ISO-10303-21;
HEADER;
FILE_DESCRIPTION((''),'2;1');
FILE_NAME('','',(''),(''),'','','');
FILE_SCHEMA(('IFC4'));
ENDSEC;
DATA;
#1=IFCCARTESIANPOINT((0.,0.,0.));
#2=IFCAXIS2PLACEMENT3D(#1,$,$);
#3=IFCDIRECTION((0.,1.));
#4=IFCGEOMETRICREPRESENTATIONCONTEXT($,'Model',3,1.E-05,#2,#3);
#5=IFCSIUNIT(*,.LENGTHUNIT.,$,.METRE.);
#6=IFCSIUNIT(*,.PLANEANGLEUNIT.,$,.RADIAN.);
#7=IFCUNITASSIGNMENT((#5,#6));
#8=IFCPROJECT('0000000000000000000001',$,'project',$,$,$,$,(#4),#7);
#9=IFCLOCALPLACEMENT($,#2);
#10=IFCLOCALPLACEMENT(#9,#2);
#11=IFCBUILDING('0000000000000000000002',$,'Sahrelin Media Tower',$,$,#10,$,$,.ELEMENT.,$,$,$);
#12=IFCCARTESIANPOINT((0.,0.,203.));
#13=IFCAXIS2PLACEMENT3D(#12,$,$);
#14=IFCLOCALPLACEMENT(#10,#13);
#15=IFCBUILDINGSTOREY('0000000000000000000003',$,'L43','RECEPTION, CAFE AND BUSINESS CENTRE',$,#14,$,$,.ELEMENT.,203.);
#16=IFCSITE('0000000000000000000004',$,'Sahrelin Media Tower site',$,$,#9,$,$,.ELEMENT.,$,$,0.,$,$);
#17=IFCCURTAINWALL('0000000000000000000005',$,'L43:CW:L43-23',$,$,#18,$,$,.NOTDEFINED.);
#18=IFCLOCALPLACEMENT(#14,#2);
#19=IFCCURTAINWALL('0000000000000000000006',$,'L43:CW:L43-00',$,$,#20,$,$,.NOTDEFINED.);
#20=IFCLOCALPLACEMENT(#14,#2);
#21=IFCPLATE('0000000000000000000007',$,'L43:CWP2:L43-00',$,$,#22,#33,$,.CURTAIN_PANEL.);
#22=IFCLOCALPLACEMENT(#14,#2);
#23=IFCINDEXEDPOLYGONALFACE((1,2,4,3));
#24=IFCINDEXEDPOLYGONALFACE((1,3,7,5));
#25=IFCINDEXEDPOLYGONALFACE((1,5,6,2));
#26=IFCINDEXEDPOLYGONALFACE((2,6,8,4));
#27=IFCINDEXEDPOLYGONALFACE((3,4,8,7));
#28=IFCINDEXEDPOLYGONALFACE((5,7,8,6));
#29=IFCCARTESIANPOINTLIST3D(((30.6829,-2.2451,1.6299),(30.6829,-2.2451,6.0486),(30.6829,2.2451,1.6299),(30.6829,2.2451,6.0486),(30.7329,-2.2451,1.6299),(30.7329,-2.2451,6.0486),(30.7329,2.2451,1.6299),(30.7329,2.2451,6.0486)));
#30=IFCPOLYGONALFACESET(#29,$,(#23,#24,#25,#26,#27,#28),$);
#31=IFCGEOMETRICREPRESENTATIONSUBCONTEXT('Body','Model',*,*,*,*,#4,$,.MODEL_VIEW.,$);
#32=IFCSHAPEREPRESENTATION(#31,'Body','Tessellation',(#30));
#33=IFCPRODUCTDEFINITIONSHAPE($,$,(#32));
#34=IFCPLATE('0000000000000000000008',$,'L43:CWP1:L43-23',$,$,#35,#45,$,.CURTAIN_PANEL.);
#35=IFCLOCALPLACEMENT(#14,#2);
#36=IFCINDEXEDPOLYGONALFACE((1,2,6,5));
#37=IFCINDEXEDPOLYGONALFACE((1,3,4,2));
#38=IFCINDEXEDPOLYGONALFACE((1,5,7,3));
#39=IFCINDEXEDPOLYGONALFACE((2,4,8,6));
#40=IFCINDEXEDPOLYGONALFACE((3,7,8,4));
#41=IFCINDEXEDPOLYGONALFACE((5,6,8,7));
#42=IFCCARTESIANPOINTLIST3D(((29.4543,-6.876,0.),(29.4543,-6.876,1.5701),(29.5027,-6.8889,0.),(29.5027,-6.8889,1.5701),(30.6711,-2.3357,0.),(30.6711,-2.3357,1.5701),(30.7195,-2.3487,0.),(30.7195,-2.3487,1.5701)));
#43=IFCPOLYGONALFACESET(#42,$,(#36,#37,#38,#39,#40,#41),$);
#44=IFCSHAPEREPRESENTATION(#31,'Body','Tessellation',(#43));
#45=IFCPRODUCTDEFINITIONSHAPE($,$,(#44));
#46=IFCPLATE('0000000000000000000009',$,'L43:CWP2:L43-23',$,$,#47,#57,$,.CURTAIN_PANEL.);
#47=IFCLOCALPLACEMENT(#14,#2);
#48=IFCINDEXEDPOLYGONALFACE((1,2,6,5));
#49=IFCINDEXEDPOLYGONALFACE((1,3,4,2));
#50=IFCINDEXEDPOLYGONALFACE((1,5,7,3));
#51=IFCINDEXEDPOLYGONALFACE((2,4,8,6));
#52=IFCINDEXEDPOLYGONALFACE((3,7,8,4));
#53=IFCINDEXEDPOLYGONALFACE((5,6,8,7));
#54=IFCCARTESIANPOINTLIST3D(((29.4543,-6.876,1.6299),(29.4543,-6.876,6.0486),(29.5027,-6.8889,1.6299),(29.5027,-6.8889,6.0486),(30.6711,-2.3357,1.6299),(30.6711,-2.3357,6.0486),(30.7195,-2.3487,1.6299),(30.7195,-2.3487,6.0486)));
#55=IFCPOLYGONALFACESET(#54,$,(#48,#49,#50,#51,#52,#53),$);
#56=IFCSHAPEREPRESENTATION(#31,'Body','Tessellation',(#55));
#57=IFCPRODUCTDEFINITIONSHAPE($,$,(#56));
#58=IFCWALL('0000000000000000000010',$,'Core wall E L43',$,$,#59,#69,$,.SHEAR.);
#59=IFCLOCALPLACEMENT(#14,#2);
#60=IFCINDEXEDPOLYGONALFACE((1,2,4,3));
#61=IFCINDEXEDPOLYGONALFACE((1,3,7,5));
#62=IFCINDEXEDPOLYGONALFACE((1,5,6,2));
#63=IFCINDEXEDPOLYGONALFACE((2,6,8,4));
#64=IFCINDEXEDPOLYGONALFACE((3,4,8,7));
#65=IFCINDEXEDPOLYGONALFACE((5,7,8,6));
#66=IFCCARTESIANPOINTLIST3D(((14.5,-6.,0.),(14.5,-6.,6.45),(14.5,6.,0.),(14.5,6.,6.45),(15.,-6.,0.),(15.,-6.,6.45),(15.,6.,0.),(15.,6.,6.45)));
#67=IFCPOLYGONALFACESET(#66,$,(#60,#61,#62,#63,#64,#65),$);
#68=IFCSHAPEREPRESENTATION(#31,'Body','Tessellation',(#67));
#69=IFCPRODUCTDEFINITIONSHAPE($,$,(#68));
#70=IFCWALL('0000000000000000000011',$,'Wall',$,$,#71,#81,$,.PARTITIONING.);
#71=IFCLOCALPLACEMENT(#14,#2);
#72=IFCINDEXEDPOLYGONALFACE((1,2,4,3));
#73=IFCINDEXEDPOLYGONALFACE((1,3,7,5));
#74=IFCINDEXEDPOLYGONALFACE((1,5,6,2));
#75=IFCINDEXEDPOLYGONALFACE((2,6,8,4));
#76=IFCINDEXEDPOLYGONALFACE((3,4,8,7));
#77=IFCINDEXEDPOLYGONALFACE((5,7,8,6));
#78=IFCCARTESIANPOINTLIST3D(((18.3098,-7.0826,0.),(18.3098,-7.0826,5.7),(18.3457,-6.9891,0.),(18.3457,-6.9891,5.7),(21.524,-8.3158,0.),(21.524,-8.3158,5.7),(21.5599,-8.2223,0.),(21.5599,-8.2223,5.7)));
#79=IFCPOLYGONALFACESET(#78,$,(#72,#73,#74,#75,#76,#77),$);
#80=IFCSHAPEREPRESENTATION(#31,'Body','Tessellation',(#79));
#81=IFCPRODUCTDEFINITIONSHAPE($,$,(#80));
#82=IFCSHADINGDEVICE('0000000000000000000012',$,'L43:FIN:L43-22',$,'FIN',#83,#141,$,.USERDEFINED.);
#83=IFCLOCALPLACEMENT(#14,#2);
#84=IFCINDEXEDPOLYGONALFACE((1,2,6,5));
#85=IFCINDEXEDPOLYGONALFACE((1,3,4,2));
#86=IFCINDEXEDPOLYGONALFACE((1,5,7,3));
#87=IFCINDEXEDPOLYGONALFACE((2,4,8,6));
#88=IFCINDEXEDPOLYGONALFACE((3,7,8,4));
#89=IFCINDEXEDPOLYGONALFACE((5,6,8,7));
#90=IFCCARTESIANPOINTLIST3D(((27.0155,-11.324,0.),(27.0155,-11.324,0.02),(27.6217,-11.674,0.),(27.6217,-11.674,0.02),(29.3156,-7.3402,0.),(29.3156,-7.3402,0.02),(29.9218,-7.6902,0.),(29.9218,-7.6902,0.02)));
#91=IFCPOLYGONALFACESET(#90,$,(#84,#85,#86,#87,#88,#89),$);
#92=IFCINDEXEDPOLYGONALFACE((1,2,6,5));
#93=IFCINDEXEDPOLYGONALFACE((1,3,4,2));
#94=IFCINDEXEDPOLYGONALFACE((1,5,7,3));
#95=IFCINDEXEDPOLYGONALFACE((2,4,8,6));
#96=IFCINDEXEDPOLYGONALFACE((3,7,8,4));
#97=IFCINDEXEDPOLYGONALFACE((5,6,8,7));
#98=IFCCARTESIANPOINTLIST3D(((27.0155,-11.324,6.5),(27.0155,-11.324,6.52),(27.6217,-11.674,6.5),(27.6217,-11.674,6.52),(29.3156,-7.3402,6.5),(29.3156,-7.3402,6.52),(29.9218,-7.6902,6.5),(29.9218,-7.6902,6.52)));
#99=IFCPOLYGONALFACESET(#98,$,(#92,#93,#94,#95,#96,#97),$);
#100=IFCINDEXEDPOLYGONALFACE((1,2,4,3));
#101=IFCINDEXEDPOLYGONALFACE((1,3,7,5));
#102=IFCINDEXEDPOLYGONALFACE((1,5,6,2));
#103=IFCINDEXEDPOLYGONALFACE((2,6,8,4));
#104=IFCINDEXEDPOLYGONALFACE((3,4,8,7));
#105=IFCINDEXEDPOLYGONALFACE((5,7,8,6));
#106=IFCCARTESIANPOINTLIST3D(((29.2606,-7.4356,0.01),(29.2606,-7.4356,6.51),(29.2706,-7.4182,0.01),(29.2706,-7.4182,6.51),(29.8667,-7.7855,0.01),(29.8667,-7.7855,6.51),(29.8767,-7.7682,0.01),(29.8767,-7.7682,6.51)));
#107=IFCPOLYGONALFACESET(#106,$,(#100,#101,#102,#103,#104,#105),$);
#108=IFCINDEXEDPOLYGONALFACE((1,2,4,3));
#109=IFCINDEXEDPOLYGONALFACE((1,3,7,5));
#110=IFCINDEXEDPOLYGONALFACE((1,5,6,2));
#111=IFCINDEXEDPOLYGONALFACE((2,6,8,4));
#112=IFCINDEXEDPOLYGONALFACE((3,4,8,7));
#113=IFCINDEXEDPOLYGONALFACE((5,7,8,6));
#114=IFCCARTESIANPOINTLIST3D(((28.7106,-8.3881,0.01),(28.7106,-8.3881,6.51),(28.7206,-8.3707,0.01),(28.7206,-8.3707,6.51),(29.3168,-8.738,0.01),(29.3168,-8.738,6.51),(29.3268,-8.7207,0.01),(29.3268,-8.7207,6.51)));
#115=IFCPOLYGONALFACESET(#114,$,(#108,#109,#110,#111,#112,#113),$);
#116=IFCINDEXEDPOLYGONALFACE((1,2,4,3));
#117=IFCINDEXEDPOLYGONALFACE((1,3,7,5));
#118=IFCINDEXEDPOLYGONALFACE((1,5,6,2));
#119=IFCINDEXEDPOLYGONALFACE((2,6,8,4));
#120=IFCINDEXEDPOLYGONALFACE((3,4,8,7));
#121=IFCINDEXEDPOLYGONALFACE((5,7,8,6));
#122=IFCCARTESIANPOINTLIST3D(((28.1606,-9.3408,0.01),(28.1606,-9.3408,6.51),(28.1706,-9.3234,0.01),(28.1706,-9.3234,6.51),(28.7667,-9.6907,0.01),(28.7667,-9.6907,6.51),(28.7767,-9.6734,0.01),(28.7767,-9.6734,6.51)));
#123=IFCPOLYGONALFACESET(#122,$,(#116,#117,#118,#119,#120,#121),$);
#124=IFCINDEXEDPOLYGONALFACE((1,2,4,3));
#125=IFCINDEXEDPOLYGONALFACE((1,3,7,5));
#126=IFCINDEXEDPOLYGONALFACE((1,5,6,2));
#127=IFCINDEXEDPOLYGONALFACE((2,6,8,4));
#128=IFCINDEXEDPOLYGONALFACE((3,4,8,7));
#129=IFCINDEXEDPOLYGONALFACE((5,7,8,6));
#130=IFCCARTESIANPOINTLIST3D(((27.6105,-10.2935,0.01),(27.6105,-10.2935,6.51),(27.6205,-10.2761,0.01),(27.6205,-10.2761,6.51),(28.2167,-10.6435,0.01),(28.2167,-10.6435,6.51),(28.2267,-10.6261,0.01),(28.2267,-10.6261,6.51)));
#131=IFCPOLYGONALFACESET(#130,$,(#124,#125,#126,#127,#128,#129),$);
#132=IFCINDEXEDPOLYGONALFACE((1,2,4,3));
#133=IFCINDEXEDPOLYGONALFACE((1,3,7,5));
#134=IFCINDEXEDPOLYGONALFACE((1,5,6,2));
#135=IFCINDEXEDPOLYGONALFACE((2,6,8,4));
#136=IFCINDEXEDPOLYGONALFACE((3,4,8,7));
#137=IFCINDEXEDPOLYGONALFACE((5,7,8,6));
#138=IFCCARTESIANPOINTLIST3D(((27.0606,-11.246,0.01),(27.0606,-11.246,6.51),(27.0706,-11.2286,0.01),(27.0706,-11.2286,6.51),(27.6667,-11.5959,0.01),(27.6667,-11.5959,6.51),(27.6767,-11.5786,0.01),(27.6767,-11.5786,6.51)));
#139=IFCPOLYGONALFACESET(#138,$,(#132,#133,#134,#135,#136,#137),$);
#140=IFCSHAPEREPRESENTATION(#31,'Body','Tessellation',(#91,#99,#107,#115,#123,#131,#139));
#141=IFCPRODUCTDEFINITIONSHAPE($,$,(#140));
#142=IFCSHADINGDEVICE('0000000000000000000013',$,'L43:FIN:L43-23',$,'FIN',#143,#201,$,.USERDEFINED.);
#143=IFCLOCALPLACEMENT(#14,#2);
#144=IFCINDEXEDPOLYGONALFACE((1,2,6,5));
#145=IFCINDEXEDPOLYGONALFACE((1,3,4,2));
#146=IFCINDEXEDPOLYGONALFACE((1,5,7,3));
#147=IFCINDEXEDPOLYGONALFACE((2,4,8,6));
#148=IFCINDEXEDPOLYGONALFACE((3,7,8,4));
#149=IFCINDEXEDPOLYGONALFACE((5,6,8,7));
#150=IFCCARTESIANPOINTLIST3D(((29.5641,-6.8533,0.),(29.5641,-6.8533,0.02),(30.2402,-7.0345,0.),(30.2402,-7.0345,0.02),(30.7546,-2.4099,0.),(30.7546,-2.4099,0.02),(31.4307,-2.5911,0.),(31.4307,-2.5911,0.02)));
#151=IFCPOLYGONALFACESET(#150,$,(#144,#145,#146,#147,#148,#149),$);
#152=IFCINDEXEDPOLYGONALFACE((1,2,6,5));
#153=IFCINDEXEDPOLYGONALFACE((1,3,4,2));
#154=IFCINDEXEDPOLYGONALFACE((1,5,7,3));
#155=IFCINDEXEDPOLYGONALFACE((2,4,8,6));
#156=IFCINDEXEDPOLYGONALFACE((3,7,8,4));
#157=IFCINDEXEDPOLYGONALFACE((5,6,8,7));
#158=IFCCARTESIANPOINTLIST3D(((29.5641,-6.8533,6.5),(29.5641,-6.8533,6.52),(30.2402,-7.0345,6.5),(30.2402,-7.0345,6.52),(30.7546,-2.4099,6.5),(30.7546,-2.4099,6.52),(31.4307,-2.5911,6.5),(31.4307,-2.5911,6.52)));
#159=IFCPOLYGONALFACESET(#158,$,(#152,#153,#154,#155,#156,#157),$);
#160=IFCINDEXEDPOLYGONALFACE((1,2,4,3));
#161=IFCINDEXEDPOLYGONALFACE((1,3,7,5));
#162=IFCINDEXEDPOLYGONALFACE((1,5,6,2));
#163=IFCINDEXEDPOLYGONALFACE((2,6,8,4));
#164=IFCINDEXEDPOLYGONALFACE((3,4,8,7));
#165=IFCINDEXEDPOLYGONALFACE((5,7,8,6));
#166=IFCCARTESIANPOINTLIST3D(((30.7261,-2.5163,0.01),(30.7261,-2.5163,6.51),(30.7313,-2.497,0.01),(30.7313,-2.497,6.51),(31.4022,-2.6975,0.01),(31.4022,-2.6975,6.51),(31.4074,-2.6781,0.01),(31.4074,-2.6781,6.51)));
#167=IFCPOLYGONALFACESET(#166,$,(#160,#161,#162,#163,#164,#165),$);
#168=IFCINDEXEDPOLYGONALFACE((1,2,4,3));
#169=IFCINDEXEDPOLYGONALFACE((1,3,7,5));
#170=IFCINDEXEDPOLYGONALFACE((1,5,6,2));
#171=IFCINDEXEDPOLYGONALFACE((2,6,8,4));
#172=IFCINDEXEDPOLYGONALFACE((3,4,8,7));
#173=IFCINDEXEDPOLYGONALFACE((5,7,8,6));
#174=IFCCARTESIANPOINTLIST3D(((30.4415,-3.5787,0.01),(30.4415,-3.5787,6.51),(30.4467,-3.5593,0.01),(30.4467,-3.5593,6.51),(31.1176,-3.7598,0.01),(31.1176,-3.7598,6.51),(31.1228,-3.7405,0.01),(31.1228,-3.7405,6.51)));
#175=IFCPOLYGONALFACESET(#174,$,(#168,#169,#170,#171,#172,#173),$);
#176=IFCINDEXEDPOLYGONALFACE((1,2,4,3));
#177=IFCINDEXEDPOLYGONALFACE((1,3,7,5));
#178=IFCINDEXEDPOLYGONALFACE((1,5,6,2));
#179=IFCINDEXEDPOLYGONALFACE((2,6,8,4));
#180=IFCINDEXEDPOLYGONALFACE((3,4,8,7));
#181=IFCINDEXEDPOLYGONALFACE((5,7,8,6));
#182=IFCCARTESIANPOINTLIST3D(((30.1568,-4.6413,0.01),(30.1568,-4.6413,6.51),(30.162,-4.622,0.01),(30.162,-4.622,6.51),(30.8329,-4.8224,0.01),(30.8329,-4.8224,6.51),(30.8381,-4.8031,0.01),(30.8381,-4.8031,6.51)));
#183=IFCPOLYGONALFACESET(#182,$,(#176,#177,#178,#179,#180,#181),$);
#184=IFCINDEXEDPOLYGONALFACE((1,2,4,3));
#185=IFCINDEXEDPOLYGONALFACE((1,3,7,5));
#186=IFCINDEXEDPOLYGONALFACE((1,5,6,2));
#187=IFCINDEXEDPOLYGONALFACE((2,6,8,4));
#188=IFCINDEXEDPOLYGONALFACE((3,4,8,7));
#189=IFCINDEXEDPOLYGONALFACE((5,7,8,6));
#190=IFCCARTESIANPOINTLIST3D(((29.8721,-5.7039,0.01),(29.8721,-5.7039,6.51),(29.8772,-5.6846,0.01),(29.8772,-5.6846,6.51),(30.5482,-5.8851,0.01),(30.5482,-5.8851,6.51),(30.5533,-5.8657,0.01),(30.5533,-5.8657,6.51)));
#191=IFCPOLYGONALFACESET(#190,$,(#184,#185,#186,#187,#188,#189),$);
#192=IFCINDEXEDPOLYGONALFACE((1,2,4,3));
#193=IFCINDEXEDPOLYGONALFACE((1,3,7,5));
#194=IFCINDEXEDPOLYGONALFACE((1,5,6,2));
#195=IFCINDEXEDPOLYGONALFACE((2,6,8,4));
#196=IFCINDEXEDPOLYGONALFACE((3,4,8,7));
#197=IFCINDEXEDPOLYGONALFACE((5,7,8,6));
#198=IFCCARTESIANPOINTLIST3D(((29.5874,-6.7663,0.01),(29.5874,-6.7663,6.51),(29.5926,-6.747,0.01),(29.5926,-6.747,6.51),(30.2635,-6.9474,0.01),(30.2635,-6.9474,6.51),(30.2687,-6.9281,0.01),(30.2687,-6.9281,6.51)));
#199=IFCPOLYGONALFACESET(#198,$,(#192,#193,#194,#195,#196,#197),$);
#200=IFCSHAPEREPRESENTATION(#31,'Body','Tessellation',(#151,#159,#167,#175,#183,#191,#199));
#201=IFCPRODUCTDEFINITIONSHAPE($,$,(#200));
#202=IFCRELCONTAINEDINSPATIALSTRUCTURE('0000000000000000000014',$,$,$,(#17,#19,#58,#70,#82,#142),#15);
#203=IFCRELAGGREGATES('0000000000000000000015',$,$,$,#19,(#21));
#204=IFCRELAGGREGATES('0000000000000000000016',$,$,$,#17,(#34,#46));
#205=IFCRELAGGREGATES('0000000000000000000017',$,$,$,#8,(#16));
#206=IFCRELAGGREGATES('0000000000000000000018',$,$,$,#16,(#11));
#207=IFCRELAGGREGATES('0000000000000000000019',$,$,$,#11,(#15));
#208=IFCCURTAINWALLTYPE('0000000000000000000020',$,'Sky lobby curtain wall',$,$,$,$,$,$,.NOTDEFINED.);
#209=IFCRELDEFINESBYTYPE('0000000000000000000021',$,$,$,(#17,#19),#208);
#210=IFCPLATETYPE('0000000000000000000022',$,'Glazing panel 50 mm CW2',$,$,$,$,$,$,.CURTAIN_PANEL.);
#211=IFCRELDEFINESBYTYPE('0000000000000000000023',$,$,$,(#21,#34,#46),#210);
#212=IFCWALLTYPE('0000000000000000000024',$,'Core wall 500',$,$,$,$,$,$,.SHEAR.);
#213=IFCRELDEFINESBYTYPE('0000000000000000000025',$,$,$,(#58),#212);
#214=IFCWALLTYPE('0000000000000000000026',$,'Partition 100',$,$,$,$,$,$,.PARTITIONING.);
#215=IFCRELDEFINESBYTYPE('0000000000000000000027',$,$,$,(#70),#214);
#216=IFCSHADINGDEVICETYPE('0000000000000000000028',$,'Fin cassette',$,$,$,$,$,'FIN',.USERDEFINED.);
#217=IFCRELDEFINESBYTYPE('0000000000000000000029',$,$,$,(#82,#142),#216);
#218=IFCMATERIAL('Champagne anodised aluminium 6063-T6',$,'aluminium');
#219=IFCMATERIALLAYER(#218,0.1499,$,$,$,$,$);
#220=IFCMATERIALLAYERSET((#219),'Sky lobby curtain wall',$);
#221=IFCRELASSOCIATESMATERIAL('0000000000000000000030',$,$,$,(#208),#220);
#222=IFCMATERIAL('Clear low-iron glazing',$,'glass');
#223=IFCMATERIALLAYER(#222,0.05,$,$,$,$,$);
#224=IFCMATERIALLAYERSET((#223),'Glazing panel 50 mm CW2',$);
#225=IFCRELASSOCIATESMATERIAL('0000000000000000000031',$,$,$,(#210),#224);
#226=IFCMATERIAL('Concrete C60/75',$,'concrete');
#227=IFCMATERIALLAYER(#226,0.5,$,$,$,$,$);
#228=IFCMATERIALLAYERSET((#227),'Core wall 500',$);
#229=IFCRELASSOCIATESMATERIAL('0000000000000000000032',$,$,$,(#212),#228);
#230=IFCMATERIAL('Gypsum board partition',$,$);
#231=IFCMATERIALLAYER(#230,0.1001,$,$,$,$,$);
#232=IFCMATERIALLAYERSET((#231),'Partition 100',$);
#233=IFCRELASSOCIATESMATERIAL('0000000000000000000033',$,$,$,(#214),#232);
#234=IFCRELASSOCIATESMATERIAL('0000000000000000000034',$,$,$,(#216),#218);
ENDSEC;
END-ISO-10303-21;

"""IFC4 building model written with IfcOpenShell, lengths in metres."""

from ifc_helpers import new_model, si_unit, direction, frame, frame_2d, origin, origin_2d, place, context, subcontext, project, spatial, polyline, rectangle, outline, extrude, material, layer, layer_set, type_object, element, aggregate, save


model = new_model("IFC4")

# Units and contexts
model_context = context("Model", 3, precision=1e-05, world=origin(), true_north=direction((0.0, 1.0)))
body_context = subcontext(model_context, "Body", "Model", "MODEL_VIEW")
ifc_project = project(units=[si_unit("LENGTHUNIT", "METRE"), si_unit("PLANEANGLEUNIT", "RADIAN")], contexts=[model_context])

# Site, building, storey
site_placement = place(None, origin())
site = spatial("IfcSite", under=ifc_project, at=site_placement, Name="Sahrelin Media Tower site", CompositionType="ELEMENT", RefElevation=0.0)
building_placement = place(site_placement, origin())
building = spatial("IfcBuilding", under=site, at=building_placement, Name="Sahrelin Media Tower", CompositionType="ELEMENT")
storey_placement = place(building_placement, frame((0.0, 0.0, 203.0)))
storey = spatial("IfcBuildingStorey", under=building, at=storey_placement, Name="L43", Description="RECEPTION, CAFE AND BUSINESS CENTRE", CompositionType="ELEMENT", Elevation=203.0)

# Curtain wall
ifc_material_1 = material(Name="Champagne anodised aluminium 6063-T6", Category="aluminium")
ifc_layer_1 = layer(ifc_material_1, 0.1499)
ifc_layer_set_1 = layer_set([ifc_layer_1], Name="Sky lobby curtain wall")
curtain_wall_type = type_object("IfcCurtainWallType", Name="Sky lobby curtain wall", PredefinedType="NOTDEFINED", material=ifc_layer_set_1)
curtain_wall_1_placement = place(storey_placement, frame((30.0918, -4.6135, 0.0), z_axis=(0.0, 0.0, 1.0), x_axis=(1.0, 0.0, 0.0)))
curtain_wall_1 = element("IfcCurtainWall", 1, at=curtain_wall_1_placement, inside=storey, type_object=curtain_wall_type, Name="L43:CW:L43-23", PredefinedType="NOTDEFINED")

# Curtain wall
curtain_wall_2_placement = place(storey_placement, frame((30.7129, 0.0, 0.0), z_axis=(0.0, 0.0, 1.0), x_axis=(1.0, 0.0, 0.0)))
curtain_wall_2 = element("IfcCurtainWall", 2, at=curtain_wall_2_placement, inside=storey, type_object=curtain_wall_type, Name="L43:CW:L43-00", PredefinedType="NOTDEFINED")

# Plates
ifc_material_2 = material(Name="Clear low-iron glazing", Category="glass")
ifc_layer_2 = layer(ifc_material_2, 0.05)
ifc_layer_set_2 = layer_set([ifc_layer_2], Name="Glazing panel 50 mm CW2")
plate_type = type_object("IfcPlateType", Name="Glazing panel 50 mm CW2", PredefinedType="CURTAIN_PANEL", material=ifc_layer_set_2)
plate_1_placement = place(storey_placement, frame((30.7329, -2.2451, 1.6299), z_axis=(1.0, 0.0, 0.0), x_axis=(0.0, 1.0, 0.0)))
plate_1 = element("IfcPlate", 3, at=plate_1_placement, type_object=plate_type, Name="L43:CWP2:L43-00", PredefinedType="CURTAIN_PANEL", context=body_context, shape_type="SweptSolid", body=[
    extrude(outline(polyline([(0.0, 0.0), (4.4902, 0.0), (4.4902, 4.4187), (0.0, 4.4187), (0.0, 0.0)])), origin(), (0.0, 0.0, -1.0), 0.05),
])
aggregate(curtain_wall_2, [plate_1])
plate_2_placement = place(storey_placement, frame((29.5027, -6.8889, 0.0), z_axis=(0.965914, -0.258865, 0.0), x_axis=(0.258865, 0.965914, 0.0)))
plate_2 = element("IfcPlate", 4, at=plate_2_placement, type_object=plate_type, Name="L43:CWP1:L43-23", PredefinedType="CURTAIN_PANEL", context=body_context, shape_type="SweptSolid", body=[
    extrude(outline(polyline([(0.0, 0.0), (4.7004, 0.0), (4.7004, 1.5701), (0.0, 1.5701), (0.0, 0.0)])), origin(), (0.0, 0.0, -1.0), 0.05),
])
plate_3_placement = place(storey_placement, frame((29.5027, -6.8889, 1.6299), z_axis=(0.965914, -0.258865, 0.0), x_axis=(0.258865, 0.965914, 0.0)))
plate_3 = element("IfcPlate", 5, at=plate_3_placement, type_object=plate_type, Name="L43:CWP2:L43-23", PredefinedType="CURTAIN_PANEL", context=body_context, shape_type="SweptSolid", body=[
    extrude(outline(polyline([(0.0, 0.0), (4.7004, 0.0), (4.7004, 4.4187), (0.0, 4.4187), (0.0, 0.0)])), origin(), (0.0, 0.0, -1.0), 0.05),
])
aggregate(curtain_wall_1, [plate_2, plate_3])

# Walls
ifc_material_3 = material(Name="Concrete C60/75", Category="concrete")
ifc_layer_3 = layer(ifc_material_3, 0.5)
ifc_layer_set_3 = layer_set([ifc_layer_3], Name="Core wall 500")
wall_type_1 = type_object("IfcWallType", Name="Core wall 500", PredefinedType="SHEAR", material=ifc_layer_set_3)
wall_1_placement = place(storey_placement, frame((14.75, -6.0, 0.0), z_axis=(0.0, 0.0, 1.0), x_axis=(0.0, 1.0, 0.0)))
element("IfcWall", 6, at=wall_1_placement, inside=storey, type_object=wall_type_1, Name="Core wall E L43", PredefinedType="SHEAR", context=body_context, shape_type="SweptSolid", body=[
    extrude(rectangle(XDim=12.0, YDim=0.5, at=frame_2d((6.0, 0.0))), origin(), (0.0, 0.0, 1.0), 6.45),
])
ifc_material_4 = material(Name="Gypsum board partition")
ifc_layer_4 = layer(ifc_material_4, 0.1001)
ifc_layer_set_4 = layer_set([ifc_layer_4], Name="Partition 100")
wall_type_2 = type_object("IfcWallType", Name="Partition 100", PredefinedType="PARTITIONING", material=ifc_layer_set_4)
wall_2_placement = place(storey_placement, frame((18.3279, -7.0359, 0.0), z_axis=(0.0, 0.0, 1.0), x_axis=(0.933641, -0.358209, 0.0)))
element("IfcWall", 7, at=wall_2_placement, inside=storey, type_object=wall_type_2, Name="Wall", PredefinedType="PARTITIONING", context=body_context, shape_type="SweptSolid", body=[
    extrude(rectangle(XDim=3.4426, YDim=0.1001, at=frame_2d((1.7212, 0.0))), origin(), (0.0, 0.0, 1.0), 5.7),
])

# Shading devices
shading_device_type_1 = type_object("IfcShadingDeviceType", Name="Fin cassette", ElementType="FIN", PredefinedType="USERDEFINED", material=ifc_material_1)
placement_1 = place(storey_placement, frame((28.105, -9.2971, 0.0), z_axis=(0.0, 0.0, 1.0), x_axis=(-0.500011, -0.866019, 0.0)))
element("IfcShadingDevice", 8, at=placement_1, inside=storey, type_object=shading_device_type_1, Name="L43:FIN:L43-22", ObjectType="FIN", PredefinedType="USERDEFINED", context=body_context, shape_type="SweptSolid", body=[
    extrude(rectangle(XDim=4.6001, YDim=0.7, at=origin_2d()), frame((0.0, 0.4199, 0.0)), (0.0, 0.0, 1.0), 0.02),
    extrude(rectangle(XDim=4.6001, YDim=0.7, at=origin_2d()), frame((0.0, 0.4199, 6.5)), (0.0, 0.0, 1.0), 0.02),
    extrude(rectangle(XDim=0.02, YDim=0.7, at=origin_2d()), frame((-2.2, 0.4199, 0.01), z_axis=(0.0, 0.0, 1.0), x_axis=(1.0, 0.0, 0.0)), (0.0, 0.0, 1.0), 6.5),
    extrude(rectangle(XDim=0.02, YDim=0.7, at=origin_2d()), frame((-1.1001, 0.4199, 0.01), z_axis=(0.0, 0.0, 1.0), x_axis=(1.0, 0.0, 0.0)), (0.0, 0.0, 1.0), 6.5),
    extrude(rectangle(XDim=0.02, YDim=0.7, at=origin_2d()), frame((0.0, 0.4199, 0.01), z_axis=(0.0, 0.0, 1.0), x_axis=(1.0, 0.0, 0.0)), (0.0, 0.0, 1.0), 6.5),
    extrude(rectangle(XDim=0.02, YDim=0.7, at=origin_2d()), frame((1.1001, 0.4199, 0.01), z_axis=(0.0, 0.0, 1.0), x_axis=(1.0, 0.0, 0.0)), (0.0, 0.0, 1.0), 6.5),
    extrude(rectangle(XDim=0.02, YDim=0.7, at=origin_2d()), frame((2.2, 0.4199, 0.01), z_axis=(0.0, 0.0, 1.0), x_axis=(1.0, 0.0, 0.0)), (0.0, 0.0, 1.0), 6.5),
])
placement_2 = place(storey_placement, frame((30.0918, -4.6135, 0.0), z_axis=(0.0, 0.0, 1.0), x_axis=(-0.258808, -0.965929, 0.0)))
element("IfcShadingDevice", 9, at=placement_2, inside=storey, type_object=shading_device_type_1, Name="L43:FIN:L43-23", ObjectType="FIN", PredefinedType="USERDEFINED", context=body_context, shape_type="SweptSolid", body=[
    extrude(rectangle(XDim=4.6001, YDim=0.7, at=origin_2d()), frame((0.0, 0.4199, 0.0)), (0.0, 0.0, 1.0), 0.02),
    extrude(rectangle(XDim=4.6001, YDim=0.7, at=origin_2d()), frame((0.0, 0.4199, 6.5)), (0.0, 0.0, 1.0), 0.02),
    extrude(rectangle(XDim=0.02, YDim=0.7, at=origin_2d()), frame((-2.2, 0.4199, 0.01), z_axis=(0.0, 0.0, 1.0), x_axis=(1.0, 0.0, 0.0)), (0.0, 0.0, 1.0), 6.5),
    extrude(rectangle(XDim=0.02, YDim=0.7, at=origin_2d()), frame((-1.1001, 0.4199, 0.01), z_axis=(0.0, 0.0, 1.0), x_axis=(1.0, 0.0, 0.0)), (0.0, 0.0, 1.0), 6.5),
    extrude(rectangle(XDim=0.02, YDim=0.7, at=origin_2d()), frame((0.0, 0.4199, 0.01), z_axis=(0.0, 0.0, 1.0), x_axis=(1.0, 0.0, 0.0)), (0.0, 0.0, 1.0), 6.5),
    extrude(rectangle(XDim=0.02, YDim=0.7, at=origin_2d()), frame((1.1001, 0.4199, 0.01), z_axis=(0.0, 0.0, 1.0), x_axis=(1.0, 0.0, 0.0)), (0.0, 0.0, 1.0), 6.5),
    extrude(rectangle(XDim=0.02, YDim=0.7, at=origin_2d()), frame((2.2, 0.4199, 0.01), z_axis=(0.0, 0.0, 1.0), x_axis=(1.0, 0.0, 0.0)), (0.0, 0.0, 1.0), 6.5),
])

save(model, "model.ifc")
